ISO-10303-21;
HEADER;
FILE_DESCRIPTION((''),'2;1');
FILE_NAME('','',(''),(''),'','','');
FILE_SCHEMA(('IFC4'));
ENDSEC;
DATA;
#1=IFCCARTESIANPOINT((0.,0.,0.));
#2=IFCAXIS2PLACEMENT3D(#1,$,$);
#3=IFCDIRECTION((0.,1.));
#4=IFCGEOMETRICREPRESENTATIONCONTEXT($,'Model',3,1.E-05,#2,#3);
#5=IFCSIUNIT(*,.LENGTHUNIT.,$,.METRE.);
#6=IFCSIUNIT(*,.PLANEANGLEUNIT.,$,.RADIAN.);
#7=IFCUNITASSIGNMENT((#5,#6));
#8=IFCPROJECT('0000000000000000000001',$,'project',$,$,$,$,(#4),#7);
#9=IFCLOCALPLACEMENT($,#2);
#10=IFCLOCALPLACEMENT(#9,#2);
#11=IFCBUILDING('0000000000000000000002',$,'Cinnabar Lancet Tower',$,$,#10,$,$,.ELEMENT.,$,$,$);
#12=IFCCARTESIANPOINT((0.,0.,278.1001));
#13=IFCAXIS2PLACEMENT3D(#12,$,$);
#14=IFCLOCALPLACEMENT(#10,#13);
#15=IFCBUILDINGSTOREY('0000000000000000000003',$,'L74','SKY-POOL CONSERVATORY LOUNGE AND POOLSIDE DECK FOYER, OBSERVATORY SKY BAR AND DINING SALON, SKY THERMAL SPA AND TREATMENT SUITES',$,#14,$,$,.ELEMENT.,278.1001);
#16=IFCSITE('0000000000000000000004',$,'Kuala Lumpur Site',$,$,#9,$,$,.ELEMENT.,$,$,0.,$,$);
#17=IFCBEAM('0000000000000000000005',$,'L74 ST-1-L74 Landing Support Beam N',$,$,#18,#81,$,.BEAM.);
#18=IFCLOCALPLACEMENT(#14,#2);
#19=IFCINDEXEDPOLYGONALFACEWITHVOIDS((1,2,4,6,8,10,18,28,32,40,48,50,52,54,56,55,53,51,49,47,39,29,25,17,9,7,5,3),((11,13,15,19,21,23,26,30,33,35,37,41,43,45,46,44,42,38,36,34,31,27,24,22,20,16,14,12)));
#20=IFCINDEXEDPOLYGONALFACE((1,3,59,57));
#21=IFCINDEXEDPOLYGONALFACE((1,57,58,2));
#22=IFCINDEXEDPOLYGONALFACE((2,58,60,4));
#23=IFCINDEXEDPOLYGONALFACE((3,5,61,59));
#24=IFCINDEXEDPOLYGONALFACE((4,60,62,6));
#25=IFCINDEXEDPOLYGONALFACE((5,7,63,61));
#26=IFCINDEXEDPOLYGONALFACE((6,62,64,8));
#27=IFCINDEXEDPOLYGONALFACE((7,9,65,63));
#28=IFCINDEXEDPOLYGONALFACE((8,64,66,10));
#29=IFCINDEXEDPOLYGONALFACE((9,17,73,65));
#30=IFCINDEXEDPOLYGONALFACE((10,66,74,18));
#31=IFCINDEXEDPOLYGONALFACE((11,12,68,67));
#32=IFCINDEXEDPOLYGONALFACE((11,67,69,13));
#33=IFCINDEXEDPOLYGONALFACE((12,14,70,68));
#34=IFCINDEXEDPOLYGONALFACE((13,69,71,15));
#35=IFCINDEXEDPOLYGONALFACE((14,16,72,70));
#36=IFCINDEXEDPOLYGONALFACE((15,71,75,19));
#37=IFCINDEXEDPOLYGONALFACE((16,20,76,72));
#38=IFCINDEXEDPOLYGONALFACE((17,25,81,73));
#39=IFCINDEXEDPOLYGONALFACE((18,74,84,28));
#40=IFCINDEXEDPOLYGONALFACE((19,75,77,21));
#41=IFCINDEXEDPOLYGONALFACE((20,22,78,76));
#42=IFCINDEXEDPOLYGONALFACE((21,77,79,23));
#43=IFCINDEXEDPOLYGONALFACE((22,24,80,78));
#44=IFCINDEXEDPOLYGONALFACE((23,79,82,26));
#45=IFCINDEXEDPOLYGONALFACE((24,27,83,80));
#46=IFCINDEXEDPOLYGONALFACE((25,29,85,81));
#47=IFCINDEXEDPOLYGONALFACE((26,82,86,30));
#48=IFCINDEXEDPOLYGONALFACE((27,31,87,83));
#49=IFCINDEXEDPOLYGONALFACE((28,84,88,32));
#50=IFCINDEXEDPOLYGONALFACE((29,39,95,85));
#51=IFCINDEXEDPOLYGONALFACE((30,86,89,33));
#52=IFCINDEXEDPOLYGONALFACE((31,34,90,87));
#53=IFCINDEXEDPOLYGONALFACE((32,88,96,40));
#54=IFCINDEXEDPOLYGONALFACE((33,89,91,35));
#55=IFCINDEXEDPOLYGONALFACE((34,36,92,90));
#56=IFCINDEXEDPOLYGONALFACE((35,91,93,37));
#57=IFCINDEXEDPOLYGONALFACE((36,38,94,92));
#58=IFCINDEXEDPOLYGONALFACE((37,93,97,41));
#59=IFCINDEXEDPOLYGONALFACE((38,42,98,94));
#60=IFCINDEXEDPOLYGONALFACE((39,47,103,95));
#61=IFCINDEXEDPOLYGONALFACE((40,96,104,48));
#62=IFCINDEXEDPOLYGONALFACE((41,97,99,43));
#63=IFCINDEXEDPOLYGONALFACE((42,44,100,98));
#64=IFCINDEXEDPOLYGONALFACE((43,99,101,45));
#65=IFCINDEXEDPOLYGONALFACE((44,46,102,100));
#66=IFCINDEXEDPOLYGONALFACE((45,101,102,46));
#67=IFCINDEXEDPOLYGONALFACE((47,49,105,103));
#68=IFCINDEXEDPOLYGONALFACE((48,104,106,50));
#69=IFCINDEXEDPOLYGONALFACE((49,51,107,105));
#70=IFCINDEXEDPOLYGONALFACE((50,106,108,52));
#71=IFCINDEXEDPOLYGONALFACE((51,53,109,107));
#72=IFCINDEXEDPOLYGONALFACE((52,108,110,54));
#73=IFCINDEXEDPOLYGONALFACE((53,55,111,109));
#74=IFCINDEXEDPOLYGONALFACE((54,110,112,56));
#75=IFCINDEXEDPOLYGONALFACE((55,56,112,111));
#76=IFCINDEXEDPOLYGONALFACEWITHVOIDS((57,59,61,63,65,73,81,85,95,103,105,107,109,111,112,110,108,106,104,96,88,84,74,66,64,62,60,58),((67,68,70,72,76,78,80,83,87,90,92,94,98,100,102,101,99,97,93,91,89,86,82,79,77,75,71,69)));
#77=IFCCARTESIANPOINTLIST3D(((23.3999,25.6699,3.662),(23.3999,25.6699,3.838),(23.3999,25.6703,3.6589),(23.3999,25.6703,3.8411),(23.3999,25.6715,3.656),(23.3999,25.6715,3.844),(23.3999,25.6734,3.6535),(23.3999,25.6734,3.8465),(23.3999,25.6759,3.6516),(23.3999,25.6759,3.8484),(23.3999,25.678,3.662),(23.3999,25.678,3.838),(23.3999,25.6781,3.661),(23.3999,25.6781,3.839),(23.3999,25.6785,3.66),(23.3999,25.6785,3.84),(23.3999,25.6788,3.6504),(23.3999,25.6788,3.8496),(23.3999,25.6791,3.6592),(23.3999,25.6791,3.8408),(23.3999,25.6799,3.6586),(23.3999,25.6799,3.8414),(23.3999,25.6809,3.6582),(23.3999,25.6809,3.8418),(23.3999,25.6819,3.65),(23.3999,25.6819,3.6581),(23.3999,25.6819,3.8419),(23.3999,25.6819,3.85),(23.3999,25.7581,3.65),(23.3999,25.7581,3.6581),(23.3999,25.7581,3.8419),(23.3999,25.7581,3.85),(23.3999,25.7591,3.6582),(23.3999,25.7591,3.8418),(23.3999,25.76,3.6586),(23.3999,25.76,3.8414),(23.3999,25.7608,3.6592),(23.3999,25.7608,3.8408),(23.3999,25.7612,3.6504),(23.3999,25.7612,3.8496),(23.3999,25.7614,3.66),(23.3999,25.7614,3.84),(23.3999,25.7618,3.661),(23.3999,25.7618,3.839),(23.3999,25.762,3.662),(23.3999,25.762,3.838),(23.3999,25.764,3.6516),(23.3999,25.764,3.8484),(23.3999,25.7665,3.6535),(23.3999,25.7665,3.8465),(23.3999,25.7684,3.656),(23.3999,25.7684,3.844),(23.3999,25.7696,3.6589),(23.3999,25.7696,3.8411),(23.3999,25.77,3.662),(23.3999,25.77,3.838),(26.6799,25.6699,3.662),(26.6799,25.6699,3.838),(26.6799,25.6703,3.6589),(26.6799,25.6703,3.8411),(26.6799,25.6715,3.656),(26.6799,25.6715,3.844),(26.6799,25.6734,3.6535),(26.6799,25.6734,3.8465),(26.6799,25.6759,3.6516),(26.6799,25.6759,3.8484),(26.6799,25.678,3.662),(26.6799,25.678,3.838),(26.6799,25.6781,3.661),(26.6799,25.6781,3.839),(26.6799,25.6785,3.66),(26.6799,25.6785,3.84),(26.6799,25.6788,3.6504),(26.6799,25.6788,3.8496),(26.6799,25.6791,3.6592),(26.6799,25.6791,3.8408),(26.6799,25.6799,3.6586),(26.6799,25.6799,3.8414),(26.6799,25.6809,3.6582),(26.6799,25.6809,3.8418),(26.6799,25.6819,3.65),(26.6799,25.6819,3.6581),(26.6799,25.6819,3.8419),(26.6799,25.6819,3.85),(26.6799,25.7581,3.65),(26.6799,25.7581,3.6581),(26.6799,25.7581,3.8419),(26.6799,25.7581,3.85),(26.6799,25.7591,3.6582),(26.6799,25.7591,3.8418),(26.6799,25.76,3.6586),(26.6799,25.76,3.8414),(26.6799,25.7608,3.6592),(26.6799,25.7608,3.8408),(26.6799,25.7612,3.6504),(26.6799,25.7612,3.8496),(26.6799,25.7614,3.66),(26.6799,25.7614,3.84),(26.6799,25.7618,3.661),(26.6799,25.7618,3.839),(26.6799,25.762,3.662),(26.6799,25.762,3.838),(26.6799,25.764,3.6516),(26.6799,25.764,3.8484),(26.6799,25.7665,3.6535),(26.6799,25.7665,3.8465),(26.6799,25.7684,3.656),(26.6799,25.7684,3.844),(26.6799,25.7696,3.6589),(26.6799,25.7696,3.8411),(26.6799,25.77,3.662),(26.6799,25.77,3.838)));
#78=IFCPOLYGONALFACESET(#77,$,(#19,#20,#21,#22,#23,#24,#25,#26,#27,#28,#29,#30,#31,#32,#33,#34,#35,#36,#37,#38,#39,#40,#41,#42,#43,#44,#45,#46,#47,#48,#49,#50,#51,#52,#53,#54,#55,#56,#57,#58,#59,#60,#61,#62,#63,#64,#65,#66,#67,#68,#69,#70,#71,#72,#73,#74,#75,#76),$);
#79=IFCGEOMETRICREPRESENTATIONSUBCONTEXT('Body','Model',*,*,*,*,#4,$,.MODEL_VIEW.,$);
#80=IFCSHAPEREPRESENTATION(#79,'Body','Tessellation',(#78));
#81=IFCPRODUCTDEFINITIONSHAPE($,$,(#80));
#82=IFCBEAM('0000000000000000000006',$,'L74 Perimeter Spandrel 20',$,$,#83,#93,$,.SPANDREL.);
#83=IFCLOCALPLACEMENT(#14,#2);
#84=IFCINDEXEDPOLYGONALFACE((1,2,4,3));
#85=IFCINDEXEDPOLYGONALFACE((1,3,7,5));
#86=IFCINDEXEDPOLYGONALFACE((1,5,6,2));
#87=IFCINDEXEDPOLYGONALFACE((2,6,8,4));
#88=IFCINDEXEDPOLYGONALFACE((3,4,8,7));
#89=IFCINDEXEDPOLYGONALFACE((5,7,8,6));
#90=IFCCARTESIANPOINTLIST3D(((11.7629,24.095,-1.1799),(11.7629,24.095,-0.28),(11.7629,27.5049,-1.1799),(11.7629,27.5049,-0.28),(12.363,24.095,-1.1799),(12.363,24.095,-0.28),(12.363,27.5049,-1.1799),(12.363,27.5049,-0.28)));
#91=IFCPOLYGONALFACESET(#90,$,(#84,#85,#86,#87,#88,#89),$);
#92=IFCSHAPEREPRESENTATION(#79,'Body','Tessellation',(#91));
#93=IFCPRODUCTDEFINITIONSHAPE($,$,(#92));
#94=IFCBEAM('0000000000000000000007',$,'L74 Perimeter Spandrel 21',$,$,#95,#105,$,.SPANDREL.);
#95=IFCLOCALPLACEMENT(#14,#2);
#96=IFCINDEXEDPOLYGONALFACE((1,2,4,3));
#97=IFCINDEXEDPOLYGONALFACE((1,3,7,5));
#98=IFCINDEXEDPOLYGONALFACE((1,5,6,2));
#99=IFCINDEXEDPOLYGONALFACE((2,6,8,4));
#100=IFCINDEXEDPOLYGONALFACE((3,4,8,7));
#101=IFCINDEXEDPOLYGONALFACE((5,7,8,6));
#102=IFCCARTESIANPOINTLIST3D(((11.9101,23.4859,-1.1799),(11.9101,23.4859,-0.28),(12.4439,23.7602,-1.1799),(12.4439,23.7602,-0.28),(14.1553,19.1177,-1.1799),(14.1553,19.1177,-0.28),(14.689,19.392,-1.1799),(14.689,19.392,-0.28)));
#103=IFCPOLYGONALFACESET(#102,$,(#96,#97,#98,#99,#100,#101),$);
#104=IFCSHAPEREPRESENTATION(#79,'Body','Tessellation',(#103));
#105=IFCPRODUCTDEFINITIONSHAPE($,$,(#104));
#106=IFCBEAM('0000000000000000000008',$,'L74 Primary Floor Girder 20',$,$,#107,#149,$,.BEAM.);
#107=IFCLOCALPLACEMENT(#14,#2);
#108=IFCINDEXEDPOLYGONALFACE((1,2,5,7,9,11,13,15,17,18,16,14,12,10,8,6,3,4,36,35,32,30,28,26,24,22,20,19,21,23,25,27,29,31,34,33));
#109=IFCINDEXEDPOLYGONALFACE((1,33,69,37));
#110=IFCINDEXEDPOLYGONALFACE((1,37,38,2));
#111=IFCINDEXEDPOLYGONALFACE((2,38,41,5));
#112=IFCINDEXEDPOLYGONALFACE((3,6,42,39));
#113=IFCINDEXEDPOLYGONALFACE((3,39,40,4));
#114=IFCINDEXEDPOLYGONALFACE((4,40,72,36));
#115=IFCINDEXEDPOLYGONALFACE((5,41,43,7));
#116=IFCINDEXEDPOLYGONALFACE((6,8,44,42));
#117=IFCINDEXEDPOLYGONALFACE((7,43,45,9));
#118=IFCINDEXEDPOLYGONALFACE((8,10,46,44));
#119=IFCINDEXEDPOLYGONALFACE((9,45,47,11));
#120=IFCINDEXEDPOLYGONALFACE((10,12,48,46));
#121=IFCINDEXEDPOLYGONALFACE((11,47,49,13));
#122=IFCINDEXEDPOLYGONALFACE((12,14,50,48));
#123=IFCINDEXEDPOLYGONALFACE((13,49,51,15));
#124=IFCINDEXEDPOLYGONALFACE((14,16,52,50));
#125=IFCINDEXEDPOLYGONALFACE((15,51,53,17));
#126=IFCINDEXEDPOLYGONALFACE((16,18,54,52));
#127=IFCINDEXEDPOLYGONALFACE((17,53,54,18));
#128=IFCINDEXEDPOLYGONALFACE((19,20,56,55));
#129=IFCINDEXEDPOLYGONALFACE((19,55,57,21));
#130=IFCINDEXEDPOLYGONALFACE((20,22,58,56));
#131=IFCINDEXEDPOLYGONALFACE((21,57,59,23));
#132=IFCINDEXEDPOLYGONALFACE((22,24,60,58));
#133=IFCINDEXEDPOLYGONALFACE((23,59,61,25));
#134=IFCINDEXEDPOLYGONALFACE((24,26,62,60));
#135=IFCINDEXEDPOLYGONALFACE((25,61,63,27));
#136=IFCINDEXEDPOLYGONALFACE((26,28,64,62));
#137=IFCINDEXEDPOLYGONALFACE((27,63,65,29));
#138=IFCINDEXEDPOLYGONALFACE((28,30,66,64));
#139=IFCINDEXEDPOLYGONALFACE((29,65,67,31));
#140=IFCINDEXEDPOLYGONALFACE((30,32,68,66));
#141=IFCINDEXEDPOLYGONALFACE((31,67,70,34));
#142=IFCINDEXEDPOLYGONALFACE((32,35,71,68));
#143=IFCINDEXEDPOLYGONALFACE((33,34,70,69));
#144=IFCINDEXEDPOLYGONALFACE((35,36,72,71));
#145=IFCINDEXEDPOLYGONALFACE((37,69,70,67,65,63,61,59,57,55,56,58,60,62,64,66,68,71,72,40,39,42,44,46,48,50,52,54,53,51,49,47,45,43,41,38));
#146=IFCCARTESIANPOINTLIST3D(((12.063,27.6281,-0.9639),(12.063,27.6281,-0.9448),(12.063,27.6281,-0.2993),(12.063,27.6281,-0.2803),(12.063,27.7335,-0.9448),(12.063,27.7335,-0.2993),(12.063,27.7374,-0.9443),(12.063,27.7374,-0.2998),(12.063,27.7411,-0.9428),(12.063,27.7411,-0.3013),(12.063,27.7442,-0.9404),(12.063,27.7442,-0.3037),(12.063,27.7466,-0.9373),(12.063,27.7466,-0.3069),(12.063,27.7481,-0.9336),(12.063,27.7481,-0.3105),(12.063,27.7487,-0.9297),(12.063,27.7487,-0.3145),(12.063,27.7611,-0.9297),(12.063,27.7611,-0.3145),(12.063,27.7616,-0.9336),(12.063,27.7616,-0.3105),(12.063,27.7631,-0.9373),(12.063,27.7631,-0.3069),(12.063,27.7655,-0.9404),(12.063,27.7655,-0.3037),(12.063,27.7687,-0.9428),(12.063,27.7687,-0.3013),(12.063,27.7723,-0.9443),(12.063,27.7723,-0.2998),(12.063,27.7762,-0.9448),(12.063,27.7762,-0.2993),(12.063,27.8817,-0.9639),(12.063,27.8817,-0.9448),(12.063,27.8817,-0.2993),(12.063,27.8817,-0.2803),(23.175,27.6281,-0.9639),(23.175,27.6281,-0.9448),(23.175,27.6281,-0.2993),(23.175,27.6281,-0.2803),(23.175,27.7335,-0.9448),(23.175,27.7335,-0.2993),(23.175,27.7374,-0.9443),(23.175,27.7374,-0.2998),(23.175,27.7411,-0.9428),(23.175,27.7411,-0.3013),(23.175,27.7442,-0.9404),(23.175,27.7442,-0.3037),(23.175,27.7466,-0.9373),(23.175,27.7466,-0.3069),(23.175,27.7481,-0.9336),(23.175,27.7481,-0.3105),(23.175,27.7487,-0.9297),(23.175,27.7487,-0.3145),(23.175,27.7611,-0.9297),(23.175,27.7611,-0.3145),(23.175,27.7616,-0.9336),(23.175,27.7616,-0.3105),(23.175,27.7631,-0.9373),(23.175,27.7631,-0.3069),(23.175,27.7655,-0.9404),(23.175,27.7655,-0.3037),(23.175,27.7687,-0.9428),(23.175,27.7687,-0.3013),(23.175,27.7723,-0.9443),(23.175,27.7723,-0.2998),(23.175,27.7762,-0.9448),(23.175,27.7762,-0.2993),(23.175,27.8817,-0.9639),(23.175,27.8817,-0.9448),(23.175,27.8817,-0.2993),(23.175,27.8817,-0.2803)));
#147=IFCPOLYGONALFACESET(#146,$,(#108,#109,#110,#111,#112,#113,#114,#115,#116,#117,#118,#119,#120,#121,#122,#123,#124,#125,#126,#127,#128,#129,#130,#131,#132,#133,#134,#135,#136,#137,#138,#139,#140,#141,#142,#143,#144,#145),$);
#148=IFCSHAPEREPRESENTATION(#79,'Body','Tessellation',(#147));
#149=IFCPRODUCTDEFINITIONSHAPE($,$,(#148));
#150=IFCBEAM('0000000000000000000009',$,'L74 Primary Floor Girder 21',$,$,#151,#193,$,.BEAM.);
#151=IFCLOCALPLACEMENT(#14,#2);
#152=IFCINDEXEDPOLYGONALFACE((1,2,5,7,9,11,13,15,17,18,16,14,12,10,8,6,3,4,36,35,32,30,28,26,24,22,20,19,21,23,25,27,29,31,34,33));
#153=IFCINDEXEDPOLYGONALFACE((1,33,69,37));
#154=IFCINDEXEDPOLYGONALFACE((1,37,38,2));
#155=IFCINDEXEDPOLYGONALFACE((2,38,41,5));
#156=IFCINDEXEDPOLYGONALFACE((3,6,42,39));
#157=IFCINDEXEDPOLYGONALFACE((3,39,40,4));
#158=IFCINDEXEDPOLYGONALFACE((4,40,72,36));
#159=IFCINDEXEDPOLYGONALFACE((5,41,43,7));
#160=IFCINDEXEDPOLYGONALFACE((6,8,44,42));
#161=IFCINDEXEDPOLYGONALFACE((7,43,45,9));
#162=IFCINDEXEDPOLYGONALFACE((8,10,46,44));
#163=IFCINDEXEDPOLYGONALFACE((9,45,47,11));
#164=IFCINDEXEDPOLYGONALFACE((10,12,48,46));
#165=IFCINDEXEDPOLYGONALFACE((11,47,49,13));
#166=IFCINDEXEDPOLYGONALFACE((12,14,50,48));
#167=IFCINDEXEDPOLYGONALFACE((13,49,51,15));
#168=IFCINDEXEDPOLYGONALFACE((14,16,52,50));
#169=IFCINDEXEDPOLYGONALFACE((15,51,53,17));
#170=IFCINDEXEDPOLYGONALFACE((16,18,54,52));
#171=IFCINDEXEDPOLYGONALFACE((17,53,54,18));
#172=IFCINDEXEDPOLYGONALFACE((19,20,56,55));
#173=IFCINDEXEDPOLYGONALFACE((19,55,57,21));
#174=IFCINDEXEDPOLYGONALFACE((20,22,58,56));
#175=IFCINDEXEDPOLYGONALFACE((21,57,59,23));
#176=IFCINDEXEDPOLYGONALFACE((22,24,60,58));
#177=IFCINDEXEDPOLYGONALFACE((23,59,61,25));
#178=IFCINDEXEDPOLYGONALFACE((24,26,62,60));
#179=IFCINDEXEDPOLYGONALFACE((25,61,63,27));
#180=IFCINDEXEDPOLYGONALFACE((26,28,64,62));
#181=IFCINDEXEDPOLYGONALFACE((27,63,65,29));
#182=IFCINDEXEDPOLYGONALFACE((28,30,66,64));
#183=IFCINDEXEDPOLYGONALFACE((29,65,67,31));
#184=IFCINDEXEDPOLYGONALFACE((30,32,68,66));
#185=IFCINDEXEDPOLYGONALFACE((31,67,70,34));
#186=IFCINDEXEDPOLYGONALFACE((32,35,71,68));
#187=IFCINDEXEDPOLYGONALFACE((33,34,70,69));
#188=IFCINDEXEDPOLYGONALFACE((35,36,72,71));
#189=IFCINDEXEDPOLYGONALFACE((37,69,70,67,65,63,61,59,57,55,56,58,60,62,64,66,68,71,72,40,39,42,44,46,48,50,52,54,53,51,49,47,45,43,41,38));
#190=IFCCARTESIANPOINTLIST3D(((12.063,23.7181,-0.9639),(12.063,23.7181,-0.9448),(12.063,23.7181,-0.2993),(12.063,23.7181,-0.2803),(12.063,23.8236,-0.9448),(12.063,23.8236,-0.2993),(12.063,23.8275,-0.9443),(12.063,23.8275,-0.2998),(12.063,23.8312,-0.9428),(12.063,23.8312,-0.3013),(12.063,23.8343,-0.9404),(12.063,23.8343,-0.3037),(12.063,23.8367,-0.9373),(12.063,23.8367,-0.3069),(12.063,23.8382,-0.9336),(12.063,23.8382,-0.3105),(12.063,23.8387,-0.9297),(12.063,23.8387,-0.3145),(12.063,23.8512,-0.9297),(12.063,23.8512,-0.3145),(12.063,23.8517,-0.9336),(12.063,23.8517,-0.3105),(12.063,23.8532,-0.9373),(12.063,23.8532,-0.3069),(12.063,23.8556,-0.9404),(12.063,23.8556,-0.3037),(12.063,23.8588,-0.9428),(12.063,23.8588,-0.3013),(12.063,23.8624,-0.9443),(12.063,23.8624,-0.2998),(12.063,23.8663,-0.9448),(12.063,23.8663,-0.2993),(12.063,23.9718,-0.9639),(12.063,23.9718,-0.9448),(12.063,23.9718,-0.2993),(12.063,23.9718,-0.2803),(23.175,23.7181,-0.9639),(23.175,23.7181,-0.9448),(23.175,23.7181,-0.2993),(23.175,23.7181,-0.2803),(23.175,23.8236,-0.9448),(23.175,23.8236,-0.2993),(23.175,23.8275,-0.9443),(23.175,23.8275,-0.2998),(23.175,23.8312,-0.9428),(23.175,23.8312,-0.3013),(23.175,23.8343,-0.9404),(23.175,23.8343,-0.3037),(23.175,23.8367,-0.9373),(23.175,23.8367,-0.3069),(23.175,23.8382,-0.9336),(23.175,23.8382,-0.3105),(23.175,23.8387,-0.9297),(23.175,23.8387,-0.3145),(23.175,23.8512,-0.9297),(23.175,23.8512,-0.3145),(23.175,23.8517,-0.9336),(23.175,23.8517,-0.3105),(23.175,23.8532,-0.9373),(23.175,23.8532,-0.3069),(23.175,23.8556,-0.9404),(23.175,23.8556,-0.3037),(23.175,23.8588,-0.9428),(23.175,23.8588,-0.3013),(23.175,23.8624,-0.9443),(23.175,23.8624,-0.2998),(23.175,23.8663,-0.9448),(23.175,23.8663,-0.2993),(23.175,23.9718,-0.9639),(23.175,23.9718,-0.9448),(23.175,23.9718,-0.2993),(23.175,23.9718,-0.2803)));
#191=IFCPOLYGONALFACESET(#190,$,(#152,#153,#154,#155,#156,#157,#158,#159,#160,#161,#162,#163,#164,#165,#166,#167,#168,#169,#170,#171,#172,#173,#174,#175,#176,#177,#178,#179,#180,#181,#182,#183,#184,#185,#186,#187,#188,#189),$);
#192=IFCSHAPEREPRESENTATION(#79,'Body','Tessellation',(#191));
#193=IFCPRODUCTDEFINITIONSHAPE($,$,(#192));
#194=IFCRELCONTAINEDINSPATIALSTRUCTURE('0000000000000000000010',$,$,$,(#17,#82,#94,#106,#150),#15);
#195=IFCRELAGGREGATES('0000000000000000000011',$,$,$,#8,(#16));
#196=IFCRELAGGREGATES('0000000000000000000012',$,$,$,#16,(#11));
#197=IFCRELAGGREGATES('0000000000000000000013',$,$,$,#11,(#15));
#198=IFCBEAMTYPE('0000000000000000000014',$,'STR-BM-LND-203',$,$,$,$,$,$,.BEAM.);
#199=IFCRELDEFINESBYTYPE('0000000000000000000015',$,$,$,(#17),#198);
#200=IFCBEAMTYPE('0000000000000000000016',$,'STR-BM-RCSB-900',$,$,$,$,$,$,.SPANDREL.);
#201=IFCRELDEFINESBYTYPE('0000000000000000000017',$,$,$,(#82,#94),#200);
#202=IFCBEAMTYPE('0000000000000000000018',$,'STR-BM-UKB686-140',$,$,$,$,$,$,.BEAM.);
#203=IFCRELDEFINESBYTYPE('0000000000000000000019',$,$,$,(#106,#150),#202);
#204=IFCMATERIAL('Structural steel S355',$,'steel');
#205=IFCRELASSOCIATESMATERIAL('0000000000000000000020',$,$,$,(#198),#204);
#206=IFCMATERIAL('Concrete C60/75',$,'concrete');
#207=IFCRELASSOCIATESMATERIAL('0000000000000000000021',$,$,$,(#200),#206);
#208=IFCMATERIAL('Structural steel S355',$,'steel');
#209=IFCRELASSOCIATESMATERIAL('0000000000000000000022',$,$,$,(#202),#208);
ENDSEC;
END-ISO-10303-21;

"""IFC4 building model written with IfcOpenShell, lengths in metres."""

from ifc_helpers import new_model, si_unit, direction, frame, origin, origin_2d, place, context, subcontext, project, spatial, rectangle, hollow_rectangle, i_section, extrude, material, material_profile, profile_set, type_object, element, save


model = new_model("IFC4")

# Units and contexts
model_context = context("Model", 3, precision=1e-05, world=origin(), true_north=direction((0.0, 1.0)))
body_context = subcontext(model_context, "Body", "Model", "MODEL_VIEW")
ifc_project = project(units=[si_unit("LENGTHUNIT", "METRE"), si_unit("PLANEANGLEUNIT", "RADIAN")], contexts=[model_context])

# Site, building, storey
site_placement = place(None, origin())
site = spatial("IfcSite", under=ifc_project, at=site_placement, Name="Kuala Lumpur Site", CompositionType="ELEMENT", RefElevation=0.0)
building_placement = place(site_placement, origin())
building = spatial("IfcBuilding", under=site, at=building_placement, Name="Cinnabar Lancet Tower", CompositionType="ELEMENT")
storey_placement = place(building_placement, frame((0.0, 0.0, 278.1001)))
storey = spatial("IfcBuildingStorey", under=building, at=storey_placement, Name="L74", Description="SKY-POOL CONSERVATORY LOUNGE AND POOLSIDE DECK FOYER, OBSERVATORY SKY BAR AND DINING SALON, SKY THERMAL SPA AND TREATMENT SUITES", CompositionType="ELEMENT", Elevation=278.1001)

# Beams
ifc_material_1 = material(Name="Structural steel S355", Category="steel")
ifc_material_profile_1 = material_profile(ifc_material_1, hollow_rectangle(XDim=0.1001, YDim=0.2, WallThickness=0.0081, InnerFilletRadius=0.0039, OuterFilletRadius=0.012, at=origin_2d()), Name="RHS 200x100x8")
ifc_profile_set_1 = profile_set([ifc_material_profile_1], Name="Structural steel S355")
beam_type_1 = type_object("IfcBeamType", Name="STR-BM-LND-203", PredefinedType="BEAM", material=ifc_profile_set_1)
for number, where, z_axis, x_axis, name in (
    (1, (23.3999, 25.72, 3.75), (1.0, 0.0, 0.0), (0.0, 1.0, 0.0), "L74 ST-1-L74 Landing Support Beam N"),
):
    element("IfcBeam", number, at=place(storey_placement, frame(where, z_axis=z_axis, x_axis=x_axis)), inside=storey, type_object=beam_type_1, Name=name, PredefinedType="BEAM", context=body_context, shape_type="SweptSolid", body=[
        extrude(hollow_rectangle(XDim=0.1001, YDim=0.2, WallThickness=0.0081, InnerFilletRadius=0.0039, OuterFilletRadius=0.012, at=origin_2d()), origin(), (0.0, 0.0, 1.0), 3.28),
    ])
ifc_material_2 = material(Name="Concrete C60/75", Category="concrete")
ifc_material_profile_2 = material_profile(ifc_material_2, rectangle(XDim=0.6001, YDim=0.8999, at=origin_2d()), Name="RC-SB 600x900")
ifc_profile_set_2 = profile_set([ifc_material_profile_2], Name="Concrete C60/75")
beam_type_2 = type_object("IfcBeamType", Name="STR-BM-RCSB-900", PredefinedType="SPANDREL", material=ifc_profile_set_2)
beam_1_placement = place(storey_placement, frame((12.063, 27.5049, -0.73), z_axis=(0.0, -1.0, 0.0), x_axis=(1.0, 0.0, 0.0)))
element("IfcBeam", 2, at=beam_1_placement, inside=storey, type_object=beam_type_2, Name="L74 Perimeter Spandrel 20", PredefinedType="SPANDREL", context=body_context, shape_type="SweptSolid", body=[
    extrude(rectangle(XDim=0.6001, YDim=0.8999, at=origin_2d()), origin(), (0.0, 0.0, 1.0), 3.4099),
])
beam_2_placement = place(storey_placement, frame((12.177, 23.623, -0.73), z_axis=(0.457128, -0.889401, 0.0), x_axis=(0.889401, 0.457128, 0.0)))
element("IfcBeam", 3, at=beam_2_placement, inside=storey, type_object=beam_type_2, Name="L74 Perimeter Spandrel 21", PredefinedType="SPANDREL", context=body_context, shape_type="SweptSolid", body=[
    extrude(rectangle(XDim=0.6001, YDim=0.8999, at=origin_2d()), origin(), (0.0, 0.0, 1.0), 4.9114),
])
ifc_material_3 = material(Name="Structural steel S355", Category="steel")
ifc_material_profile_3 = material_profile(ifc_material_3, i_section(OverallWidth=0.2537, OverallDepth=0.6836, WebThickness=0.0125, FlangeThickness=0.019, FilletRadius=0.0151, at=origin_2d()), Name="UKB 686x254x140")
ifc_profile_set_3 = profile_set([ifc_material_profile_3], Name="Structural steel S355")
beam_type_3 = type_object("IfcBeamType", Name="STR-BM-UKB686-140", PredefinedType="BEAM", material=ifc_profile_set_3)
for number, where, z_axis, x_axis, name in (
    (4, (12.063, 27.7549, -0.6221), (1.0, 0.0, 0.0), (0.0, 1.0, 0.0), "L74 Primary Floor Girder 20"),
    (5, (12.063, 23.845, -0.6221), (1.0, 0.0, 0.0), (0.0, 1.0, 0.0), "L74 Primary Floor Girder 21"),
):
    element("IfcBeam", number, at=place(storey_placement, frame(where, z_axis=z_axis, x_axis=x_axis)), inside=storey, type_object=beam_type_3, Name=name, PredefinedType="BEAM", context=body_context, shape_type="SweptSolid", body=[
        extrude(i_section(OverallWidth=0.2537, OverallDepth=0.6836, WebThickness=0.0125, FlangeThickness=0.019, FilletRadius=0.0151, at=origin_2d()), origin(), (0.0, 0.0, 1.0), 11.1121),
    ])

save(model, "model.ifc")
